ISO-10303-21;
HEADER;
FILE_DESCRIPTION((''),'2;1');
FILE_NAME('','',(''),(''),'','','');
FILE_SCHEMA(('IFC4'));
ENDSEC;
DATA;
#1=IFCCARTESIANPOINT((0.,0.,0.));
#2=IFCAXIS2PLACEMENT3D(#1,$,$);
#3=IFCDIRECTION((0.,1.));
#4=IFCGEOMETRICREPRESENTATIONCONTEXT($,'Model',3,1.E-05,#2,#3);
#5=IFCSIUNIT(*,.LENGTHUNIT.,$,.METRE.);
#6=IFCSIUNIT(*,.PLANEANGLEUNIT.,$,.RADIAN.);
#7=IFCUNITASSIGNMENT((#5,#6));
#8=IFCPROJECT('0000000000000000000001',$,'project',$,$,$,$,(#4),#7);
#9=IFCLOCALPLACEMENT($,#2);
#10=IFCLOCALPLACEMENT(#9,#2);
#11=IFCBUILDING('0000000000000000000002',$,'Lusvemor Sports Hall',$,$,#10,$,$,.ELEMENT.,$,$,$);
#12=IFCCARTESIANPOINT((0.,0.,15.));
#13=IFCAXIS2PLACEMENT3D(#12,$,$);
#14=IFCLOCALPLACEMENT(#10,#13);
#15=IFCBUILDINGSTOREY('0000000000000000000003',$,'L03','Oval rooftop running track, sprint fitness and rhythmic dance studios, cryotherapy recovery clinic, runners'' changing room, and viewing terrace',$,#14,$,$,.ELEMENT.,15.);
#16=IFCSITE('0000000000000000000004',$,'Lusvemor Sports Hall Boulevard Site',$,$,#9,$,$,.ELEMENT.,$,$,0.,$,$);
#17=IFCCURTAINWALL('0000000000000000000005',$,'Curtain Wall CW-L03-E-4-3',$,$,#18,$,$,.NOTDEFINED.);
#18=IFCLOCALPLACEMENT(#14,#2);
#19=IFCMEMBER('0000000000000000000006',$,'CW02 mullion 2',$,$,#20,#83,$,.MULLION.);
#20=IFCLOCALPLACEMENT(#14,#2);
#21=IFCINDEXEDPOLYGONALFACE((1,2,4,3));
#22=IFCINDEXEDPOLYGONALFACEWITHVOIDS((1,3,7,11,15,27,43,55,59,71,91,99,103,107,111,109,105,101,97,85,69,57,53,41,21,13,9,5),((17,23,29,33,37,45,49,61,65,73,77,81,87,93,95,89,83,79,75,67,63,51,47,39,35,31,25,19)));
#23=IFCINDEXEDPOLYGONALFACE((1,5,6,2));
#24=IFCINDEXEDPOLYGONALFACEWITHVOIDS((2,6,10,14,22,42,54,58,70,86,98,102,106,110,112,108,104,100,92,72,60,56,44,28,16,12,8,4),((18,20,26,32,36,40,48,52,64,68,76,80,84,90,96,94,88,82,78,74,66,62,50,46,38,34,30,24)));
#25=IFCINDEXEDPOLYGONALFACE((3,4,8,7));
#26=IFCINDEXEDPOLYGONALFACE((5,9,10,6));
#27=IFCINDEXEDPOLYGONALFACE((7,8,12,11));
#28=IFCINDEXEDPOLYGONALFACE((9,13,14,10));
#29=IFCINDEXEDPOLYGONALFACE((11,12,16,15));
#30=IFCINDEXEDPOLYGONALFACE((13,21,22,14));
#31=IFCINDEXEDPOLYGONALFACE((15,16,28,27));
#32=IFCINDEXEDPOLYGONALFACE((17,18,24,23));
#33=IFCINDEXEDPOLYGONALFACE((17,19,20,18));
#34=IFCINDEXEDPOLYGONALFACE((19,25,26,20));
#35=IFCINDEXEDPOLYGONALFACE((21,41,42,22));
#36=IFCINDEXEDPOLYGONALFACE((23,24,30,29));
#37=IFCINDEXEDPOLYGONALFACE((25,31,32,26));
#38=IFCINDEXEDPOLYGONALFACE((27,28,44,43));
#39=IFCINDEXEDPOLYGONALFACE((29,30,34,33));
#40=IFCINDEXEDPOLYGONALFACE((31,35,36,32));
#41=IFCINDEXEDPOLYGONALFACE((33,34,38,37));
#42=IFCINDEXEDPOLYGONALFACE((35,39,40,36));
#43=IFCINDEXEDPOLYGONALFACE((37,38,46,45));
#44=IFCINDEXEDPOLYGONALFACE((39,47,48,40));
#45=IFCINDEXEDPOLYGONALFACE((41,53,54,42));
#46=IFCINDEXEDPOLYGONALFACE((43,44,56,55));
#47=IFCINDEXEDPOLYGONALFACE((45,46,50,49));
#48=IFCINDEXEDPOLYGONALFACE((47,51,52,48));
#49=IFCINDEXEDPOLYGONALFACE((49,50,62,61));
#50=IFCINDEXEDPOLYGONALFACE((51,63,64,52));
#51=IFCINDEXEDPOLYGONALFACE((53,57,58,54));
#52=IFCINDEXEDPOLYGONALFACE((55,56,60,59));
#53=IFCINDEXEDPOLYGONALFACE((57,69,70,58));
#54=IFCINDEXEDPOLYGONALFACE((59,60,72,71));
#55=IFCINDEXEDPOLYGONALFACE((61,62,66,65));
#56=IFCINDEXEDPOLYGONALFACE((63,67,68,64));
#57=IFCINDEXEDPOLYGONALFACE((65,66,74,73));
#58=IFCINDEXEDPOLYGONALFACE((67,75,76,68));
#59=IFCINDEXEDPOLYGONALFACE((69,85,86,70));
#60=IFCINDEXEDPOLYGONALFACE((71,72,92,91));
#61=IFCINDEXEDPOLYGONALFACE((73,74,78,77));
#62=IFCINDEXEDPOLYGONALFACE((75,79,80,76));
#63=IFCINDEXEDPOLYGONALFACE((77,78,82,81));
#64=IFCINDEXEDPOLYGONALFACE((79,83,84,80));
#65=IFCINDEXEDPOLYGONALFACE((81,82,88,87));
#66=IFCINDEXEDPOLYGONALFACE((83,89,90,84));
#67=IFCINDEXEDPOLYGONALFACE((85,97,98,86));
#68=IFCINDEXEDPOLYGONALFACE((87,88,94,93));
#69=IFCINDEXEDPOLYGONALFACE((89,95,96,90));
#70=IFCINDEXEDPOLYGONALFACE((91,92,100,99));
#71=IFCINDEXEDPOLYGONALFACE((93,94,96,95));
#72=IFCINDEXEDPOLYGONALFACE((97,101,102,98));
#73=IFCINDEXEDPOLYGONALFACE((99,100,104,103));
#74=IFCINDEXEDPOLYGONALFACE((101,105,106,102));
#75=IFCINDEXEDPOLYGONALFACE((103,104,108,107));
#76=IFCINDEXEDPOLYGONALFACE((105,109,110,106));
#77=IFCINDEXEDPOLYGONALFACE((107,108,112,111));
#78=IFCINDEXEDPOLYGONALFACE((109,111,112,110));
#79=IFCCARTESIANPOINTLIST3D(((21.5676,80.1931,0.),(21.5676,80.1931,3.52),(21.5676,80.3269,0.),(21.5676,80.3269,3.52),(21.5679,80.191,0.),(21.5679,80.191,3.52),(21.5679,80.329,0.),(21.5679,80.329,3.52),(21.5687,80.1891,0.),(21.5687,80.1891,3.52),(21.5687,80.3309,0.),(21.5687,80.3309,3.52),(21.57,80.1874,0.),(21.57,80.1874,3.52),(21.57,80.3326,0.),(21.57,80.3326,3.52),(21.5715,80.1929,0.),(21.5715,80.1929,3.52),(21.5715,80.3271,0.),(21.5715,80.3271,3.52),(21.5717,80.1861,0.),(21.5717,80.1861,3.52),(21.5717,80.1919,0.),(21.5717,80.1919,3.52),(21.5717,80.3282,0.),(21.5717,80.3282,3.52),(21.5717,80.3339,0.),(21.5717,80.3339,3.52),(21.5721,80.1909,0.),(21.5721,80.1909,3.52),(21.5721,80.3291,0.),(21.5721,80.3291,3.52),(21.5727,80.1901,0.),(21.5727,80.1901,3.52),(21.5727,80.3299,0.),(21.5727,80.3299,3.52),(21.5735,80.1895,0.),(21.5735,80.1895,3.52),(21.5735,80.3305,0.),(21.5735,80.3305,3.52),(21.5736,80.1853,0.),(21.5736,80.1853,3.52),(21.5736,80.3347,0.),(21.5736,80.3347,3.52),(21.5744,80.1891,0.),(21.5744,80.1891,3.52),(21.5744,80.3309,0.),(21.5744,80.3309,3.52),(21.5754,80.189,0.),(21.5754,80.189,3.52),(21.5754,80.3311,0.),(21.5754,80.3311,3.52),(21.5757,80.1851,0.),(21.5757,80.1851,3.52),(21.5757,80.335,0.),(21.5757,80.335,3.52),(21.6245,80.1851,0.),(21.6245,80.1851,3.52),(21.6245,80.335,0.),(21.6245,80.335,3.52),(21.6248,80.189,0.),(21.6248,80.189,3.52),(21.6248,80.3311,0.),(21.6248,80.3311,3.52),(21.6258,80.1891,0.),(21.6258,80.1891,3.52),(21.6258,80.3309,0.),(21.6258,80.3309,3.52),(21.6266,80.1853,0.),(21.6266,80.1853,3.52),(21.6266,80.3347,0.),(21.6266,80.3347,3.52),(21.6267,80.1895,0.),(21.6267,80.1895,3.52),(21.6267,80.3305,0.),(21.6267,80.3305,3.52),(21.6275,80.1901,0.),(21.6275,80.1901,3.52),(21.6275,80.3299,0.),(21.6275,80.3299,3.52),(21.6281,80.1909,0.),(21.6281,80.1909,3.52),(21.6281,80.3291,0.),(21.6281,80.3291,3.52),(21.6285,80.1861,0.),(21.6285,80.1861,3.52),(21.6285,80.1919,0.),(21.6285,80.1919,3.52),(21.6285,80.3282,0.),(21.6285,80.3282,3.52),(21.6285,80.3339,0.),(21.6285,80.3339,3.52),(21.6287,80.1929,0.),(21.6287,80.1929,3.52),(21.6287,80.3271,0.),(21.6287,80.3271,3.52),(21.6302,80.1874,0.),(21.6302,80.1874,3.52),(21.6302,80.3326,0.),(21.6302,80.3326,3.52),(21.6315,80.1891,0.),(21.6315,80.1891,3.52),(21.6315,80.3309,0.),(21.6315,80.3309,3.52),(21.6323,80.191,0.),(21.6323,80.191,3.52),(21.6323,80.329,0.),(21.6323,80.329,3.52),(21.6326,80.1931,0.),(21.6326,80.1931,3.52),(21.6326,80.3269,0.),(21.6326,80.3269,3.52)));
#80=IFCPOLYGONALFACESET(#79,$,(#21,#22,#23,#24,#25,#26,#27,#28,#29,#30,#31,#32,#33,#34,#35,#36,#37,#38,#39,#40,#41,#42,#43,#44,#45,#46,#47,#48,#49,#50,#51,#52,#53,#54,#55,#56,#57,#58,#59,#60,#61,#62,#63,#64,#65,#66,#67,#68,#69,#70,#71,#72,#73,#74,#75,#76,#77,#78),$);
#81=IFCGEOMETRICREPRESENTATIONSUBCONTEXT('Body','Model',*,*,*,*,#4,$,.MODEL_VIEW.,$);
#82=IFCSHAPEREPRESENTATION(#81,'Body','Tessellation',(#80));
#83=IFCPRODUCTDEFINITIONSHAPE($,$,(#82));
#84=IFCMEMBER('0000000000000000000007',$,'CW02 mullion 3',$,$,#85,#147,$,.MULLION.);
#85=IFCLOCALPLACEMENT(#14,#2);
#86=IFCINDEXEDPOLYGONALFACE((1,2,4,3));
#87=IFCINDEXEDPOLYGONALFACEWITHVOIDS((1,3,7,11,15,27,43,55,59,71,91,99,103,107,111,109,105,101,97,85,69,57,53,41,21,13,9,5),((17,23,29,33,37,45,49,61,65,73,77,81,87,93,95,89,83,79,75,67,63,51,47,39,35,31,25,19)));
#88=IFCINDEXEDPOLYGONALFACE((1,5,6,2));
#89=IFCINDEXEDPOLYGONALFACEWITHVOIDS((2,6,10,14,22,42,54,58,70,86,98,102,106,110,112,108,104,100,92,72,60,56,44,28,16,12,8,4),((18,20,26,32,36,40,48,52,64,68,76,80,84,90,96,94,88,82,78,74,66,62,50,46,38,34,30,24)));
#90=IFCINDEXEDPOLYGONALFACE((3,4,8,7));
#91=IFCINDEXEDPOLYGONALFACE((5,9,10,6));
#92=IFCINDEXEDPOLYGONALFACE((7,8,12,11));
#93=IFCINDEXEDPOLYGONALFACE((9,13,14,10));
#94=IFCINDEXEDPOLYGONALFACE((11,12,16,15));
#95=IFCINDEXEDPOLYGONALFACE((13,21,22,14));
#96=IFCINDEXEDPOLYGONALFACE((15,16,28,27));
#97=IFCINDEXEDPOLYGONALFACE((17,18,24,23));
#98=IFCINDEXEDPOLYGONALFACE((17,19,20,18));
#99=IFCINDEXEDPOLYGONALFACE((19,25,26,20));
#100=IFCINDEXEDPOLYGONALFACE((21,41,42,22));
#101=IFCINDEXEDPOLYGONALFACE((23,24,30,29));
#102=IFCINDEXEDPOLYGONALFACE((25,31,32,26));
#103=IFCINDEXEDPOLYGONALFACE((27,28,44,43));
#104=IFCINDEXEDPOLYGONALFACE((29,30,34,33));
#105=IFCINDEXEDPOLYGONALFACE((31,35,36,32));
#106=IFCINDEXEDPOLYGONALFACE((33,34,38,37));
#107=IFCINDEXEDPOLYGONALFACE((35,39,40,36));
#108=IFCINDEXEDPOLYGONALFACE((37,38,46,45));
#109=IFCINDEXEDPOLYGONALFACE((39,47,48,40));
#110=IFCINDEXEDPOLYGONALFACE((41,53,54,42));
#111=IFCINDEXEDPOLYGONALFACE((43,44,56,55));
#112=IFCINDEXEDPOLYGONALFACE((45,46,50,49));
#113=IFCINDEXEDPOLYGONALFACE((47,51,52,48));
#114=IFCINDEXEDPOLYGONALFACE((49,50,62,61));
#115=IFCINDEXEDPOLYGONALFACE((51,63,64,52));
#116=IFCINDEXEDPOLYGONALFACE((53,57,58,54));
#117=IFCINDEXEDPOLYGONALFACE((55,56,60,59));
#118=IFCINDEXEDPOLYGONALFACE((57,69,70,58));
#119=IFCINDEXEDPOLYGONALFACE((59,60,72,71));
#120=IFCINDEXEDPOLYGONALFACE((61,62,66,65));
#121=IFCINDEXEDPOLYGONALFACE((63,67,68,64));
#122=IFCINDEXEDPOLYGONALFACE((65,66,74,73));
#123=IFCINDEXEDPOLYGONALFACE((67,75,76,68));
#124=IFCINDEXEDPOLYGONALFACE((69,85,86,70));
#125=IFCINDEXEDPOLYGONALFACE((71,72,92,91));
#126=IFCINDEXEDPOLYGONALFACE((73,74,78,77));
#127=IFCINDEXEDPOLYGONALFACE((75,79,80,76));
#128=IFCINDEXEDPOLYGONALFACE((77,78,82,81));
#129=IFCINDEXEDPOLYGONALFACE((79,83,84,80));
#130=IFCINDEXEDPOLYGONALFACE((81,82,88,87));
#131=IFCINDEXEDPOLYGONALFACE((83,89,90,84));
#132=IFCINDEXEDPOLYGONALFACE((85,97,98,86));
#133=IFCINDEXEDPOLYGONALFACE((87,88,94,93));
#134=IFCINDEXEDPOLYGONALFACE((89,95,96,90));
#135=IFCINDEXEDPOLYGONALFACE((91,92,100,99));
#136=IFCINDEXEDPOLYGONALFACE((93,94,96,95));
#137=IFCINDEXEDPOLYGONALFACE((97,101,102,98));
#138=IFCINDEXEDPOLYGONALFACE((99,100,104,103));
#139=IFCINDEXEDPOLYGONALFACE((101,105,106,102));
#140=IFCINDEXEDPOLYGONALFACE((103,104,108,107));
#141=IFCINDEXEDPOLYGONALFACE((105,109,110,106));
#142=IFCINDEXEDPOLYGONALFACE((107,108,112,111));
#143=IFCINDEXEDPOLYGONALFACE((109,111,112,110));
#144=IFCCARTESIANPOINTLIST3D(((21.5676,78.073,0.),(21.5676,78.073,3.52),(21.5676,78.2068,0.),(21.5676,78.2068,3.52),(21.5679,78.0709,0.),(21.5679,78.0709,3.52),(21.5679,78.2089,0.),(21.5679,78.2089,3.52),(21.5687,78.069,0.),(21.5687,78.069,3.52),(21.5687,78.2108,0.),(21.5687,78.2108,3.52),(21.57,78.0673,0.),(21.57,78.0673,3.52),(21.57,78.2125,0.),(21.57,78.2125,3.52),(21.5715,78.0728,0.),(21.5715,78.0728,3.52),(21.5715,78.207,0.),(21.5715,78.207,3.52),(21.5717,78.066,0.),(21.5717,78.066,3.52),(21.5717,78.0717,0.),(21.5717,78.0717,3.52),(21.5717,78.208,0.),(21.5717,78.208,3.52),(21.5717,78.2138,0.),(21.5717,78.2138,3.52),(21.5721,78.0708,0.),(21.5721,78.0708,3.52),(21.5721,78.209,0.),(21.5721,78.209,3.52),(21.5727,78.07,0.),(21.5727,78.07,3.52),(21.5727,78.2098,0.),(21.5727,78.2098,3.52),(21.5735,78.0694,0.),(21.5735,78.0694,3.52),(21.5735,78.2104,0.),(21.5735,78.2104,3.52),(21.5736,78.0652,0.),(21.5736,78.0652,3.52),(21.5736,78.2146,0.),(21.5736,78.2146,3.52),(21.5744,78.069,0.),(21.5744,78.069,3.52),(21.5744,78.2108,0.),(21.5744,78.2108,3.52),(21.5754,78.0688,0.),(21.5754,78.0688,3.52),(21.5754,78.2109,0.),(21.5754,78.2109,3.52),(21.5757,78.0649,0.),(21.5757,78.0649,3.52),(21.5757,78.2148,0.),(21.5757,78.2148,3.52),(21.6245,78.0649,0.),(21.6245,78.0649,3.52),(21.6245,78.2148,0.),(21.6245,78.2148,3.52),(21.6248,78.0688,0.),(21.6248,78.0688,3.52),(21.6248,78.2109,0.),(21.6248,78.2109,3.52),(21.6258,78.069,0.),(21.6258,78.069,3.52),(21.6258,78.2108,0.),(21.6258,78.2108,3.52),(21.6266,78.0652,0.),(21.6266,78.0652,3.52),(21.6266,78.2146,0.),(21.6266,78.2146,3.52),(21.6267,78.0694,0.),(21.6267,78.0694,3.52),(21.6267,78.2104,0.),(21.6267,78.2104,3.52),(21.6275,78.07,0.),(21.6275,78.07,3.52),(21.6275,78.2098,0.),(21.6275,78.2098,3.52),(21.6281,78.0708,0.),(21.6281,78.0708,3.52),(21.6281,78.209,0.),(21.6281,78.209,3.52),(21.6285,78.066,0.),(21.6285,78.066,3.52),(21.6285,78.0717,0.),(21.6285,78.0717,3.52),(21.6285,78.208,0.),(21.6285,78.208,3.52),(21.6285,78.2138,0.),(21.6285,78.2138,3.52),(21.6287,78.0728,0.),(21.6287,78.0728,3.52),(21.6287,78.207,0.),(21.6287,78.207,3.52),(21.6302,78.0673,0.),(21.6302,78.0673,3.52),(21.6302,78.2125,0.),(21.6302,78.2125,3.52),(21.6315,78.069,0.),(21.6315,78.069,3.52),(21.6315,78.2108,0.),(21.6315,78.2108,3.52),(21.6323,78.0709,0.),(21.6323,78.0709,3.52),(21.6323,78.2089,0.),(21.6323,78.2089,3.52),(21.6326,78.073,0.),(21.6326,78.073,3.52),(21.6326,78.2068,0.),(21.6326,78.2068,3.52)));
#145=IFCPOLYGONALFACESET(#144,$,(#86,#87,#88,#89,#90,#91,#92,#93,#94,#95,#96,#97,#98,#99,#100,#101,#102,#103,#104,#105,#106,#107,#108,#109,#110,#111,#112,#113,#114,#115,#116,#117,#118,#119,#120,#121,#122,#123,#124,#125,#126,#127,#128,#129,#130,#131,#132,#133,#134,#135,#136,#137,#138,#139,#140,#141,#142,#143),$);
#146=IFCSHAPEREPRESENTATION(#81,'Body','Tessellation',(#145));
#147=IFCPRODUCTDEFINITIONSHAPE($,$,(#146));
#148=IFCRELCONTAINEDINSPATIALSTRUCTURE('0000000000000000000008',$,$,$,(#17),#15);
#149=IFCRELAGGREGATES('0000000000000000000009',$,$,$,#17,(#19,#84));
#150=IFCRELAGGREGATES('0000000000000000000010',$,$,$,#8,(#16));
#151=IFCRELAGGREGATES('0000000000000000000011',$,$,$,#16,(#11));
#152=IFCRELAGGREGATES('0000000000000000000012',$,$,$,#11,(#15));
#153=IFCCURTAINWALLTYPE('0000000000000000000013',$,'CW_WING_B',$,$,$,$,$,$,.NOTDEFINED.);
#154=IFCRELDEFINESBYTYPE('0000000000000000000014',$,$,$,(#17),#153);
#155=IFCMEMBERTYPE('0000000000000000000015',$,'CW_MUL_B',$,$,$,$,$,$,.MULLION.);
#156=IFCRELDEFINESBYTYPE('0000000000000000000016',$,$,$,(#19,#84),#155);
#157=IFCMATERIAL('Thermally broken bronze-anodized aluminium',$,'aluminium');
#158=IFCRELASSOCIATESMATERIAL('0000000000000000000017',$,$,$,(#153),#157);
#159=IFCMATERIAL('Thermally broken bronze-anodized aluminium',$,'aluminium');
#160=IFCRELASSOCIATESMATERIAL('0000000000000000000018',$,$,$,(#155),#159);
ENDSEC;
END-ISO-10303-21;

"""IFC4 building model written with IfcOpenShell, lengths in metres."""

from ifc_helpers import new_model, si_unit, direction, frame, origin, origin_2d, place, context, subcontext, project, spatial, hollow_rectangle, extrude, material, material_profile, profile_set, type_object, element, aggregate, save


model = new_model("IFC4")

# Units and contexts
model_context = context("Model", 3, precision=1e-05, world=origin(), true_north=direction((0.0, 1.0)))
body_context = subcontext(model_context, "Body", "Model", "MODEL_VIEW")
ifc_project = project(units=[si_unit("LENGTHUNIT", "METRE"), si_unit("PLANEANGLEUNIT", "RADIAN")], contexts=[model_context])

# Site, building, storey
site_placement = place(None, origin())
site = spatial("IfcSite", under=ifc_project, at=site_placement, Name="Lusvemor Sports Hall Boulevard Site", CompositionType="ELEMENT", RefElevation=0.0)
building_placement = place(site_placement, origin())
building = spatial("IfcBuilding", under=site, at=building_placement, Name="Lusvemor Sports Hall", CompositionType="ELEMENT")
storey_placement = place(building_placement, frame((0.0, 0.0, 15.0)))
storey = spatial("IfcBuildingStorey", under=building, at=storey_placement, Name="L03", Description="Oval rooftop running track, sprint fitness and rhythmic dance studios, cryotherapy recovery clinic, runners' changing room, and viewing terrace", CompositionType="ELEMENT", Elevation=15.0)

# Curtain wall, members
ifc_material_1 = material(Name="Thermally broken bronze-anodized aluminium", Category="aluminium")
curtain_wall_type = type_object("IfcCurtainWallType", Name="CW_WING_B", PredefinedType="NOTDEFINED", material=ifc_material_1)
curtain_wall_placement = place(storey_placement, origin())
curtain_wall = element("IfcCurtainWall", 1, at=curtain_wall_placement, inside=storey, type_object=curtain_wall_type, Name="Curtain Wall CW-L03-E-4-3", PredefinedType="NOTDEFINED")
ifc_material_2 = material(Name="Thermally broken bronze-anodized aluminium", Category="aluminium")
ifc_material_profile_1 = material_profile(ifc_material_2, hollow_rectangle(XDim=0.0649, YDim=0.1499, WallThickness=0.0039, InnerFilletRadius=0.0039, OuterFilletRadius=0.0081, at=origin_2d()), Name="CWMUL150x65x4")
ifc_profile_set_1 = profile_set([ifc_material_profile_1], Name="Thermally broken bronze-anodized aluminium")
member_type_1 = type_object("IfcMemberType", Name="CW_MUL_B", PredefinedType="MULLION", material=ifc_profile_set_1)
member_1_placement = place(storey_placement, frame((21.6001, 80.26, 0.0), z_axis=(0.0, 0.0, 1.0), x_axis=(1.0, 0.0, 0.0)))
member_1 = element("IfcMember", 2, at=member_1_placement, type_object=member_type_1, Name="CW02 mullion 2", PredefinedType="MULLION", context=body_context, shape_type="SweptSolid", body=[
    extrude(hollow_rectangle(XDim=0.0649, YDim=0.1499, WallThickness=0.0039, InnerFilletRadius=0.0039, OuterFilletRadius=0.0081, at=origin_2d()), origin(), (0.0, 0.0, 1.0), 3.52),
])
member_2_placement = place(storey_placement, frame((21.6001, 78.1399, 0.0), z_axis=(0.0, 0.0, 1.0), x_axis=(1.0, 0.0, 0.0)))
member_2 = element("IfcMember", 3, at=member_2_placement, type_object=member_type_1, Name="CW02 mullion 3", PredefinedType="MULLION", context=body_context, shape_type="SweptSolid", body=[
    extrude(hollow_rectangle(XDim=0.0649, YDim=0.1499, WallThickness=0.0039, InnerFilletRadius=0.0039, OuterFilletRadius=0.0081, at=origin_2d()), origin(), (0.0, 0.0, 1.0), 3.52),
])

aggregate(curtain_wall, [member_1, member_2])

save(model, "model.ifc")
